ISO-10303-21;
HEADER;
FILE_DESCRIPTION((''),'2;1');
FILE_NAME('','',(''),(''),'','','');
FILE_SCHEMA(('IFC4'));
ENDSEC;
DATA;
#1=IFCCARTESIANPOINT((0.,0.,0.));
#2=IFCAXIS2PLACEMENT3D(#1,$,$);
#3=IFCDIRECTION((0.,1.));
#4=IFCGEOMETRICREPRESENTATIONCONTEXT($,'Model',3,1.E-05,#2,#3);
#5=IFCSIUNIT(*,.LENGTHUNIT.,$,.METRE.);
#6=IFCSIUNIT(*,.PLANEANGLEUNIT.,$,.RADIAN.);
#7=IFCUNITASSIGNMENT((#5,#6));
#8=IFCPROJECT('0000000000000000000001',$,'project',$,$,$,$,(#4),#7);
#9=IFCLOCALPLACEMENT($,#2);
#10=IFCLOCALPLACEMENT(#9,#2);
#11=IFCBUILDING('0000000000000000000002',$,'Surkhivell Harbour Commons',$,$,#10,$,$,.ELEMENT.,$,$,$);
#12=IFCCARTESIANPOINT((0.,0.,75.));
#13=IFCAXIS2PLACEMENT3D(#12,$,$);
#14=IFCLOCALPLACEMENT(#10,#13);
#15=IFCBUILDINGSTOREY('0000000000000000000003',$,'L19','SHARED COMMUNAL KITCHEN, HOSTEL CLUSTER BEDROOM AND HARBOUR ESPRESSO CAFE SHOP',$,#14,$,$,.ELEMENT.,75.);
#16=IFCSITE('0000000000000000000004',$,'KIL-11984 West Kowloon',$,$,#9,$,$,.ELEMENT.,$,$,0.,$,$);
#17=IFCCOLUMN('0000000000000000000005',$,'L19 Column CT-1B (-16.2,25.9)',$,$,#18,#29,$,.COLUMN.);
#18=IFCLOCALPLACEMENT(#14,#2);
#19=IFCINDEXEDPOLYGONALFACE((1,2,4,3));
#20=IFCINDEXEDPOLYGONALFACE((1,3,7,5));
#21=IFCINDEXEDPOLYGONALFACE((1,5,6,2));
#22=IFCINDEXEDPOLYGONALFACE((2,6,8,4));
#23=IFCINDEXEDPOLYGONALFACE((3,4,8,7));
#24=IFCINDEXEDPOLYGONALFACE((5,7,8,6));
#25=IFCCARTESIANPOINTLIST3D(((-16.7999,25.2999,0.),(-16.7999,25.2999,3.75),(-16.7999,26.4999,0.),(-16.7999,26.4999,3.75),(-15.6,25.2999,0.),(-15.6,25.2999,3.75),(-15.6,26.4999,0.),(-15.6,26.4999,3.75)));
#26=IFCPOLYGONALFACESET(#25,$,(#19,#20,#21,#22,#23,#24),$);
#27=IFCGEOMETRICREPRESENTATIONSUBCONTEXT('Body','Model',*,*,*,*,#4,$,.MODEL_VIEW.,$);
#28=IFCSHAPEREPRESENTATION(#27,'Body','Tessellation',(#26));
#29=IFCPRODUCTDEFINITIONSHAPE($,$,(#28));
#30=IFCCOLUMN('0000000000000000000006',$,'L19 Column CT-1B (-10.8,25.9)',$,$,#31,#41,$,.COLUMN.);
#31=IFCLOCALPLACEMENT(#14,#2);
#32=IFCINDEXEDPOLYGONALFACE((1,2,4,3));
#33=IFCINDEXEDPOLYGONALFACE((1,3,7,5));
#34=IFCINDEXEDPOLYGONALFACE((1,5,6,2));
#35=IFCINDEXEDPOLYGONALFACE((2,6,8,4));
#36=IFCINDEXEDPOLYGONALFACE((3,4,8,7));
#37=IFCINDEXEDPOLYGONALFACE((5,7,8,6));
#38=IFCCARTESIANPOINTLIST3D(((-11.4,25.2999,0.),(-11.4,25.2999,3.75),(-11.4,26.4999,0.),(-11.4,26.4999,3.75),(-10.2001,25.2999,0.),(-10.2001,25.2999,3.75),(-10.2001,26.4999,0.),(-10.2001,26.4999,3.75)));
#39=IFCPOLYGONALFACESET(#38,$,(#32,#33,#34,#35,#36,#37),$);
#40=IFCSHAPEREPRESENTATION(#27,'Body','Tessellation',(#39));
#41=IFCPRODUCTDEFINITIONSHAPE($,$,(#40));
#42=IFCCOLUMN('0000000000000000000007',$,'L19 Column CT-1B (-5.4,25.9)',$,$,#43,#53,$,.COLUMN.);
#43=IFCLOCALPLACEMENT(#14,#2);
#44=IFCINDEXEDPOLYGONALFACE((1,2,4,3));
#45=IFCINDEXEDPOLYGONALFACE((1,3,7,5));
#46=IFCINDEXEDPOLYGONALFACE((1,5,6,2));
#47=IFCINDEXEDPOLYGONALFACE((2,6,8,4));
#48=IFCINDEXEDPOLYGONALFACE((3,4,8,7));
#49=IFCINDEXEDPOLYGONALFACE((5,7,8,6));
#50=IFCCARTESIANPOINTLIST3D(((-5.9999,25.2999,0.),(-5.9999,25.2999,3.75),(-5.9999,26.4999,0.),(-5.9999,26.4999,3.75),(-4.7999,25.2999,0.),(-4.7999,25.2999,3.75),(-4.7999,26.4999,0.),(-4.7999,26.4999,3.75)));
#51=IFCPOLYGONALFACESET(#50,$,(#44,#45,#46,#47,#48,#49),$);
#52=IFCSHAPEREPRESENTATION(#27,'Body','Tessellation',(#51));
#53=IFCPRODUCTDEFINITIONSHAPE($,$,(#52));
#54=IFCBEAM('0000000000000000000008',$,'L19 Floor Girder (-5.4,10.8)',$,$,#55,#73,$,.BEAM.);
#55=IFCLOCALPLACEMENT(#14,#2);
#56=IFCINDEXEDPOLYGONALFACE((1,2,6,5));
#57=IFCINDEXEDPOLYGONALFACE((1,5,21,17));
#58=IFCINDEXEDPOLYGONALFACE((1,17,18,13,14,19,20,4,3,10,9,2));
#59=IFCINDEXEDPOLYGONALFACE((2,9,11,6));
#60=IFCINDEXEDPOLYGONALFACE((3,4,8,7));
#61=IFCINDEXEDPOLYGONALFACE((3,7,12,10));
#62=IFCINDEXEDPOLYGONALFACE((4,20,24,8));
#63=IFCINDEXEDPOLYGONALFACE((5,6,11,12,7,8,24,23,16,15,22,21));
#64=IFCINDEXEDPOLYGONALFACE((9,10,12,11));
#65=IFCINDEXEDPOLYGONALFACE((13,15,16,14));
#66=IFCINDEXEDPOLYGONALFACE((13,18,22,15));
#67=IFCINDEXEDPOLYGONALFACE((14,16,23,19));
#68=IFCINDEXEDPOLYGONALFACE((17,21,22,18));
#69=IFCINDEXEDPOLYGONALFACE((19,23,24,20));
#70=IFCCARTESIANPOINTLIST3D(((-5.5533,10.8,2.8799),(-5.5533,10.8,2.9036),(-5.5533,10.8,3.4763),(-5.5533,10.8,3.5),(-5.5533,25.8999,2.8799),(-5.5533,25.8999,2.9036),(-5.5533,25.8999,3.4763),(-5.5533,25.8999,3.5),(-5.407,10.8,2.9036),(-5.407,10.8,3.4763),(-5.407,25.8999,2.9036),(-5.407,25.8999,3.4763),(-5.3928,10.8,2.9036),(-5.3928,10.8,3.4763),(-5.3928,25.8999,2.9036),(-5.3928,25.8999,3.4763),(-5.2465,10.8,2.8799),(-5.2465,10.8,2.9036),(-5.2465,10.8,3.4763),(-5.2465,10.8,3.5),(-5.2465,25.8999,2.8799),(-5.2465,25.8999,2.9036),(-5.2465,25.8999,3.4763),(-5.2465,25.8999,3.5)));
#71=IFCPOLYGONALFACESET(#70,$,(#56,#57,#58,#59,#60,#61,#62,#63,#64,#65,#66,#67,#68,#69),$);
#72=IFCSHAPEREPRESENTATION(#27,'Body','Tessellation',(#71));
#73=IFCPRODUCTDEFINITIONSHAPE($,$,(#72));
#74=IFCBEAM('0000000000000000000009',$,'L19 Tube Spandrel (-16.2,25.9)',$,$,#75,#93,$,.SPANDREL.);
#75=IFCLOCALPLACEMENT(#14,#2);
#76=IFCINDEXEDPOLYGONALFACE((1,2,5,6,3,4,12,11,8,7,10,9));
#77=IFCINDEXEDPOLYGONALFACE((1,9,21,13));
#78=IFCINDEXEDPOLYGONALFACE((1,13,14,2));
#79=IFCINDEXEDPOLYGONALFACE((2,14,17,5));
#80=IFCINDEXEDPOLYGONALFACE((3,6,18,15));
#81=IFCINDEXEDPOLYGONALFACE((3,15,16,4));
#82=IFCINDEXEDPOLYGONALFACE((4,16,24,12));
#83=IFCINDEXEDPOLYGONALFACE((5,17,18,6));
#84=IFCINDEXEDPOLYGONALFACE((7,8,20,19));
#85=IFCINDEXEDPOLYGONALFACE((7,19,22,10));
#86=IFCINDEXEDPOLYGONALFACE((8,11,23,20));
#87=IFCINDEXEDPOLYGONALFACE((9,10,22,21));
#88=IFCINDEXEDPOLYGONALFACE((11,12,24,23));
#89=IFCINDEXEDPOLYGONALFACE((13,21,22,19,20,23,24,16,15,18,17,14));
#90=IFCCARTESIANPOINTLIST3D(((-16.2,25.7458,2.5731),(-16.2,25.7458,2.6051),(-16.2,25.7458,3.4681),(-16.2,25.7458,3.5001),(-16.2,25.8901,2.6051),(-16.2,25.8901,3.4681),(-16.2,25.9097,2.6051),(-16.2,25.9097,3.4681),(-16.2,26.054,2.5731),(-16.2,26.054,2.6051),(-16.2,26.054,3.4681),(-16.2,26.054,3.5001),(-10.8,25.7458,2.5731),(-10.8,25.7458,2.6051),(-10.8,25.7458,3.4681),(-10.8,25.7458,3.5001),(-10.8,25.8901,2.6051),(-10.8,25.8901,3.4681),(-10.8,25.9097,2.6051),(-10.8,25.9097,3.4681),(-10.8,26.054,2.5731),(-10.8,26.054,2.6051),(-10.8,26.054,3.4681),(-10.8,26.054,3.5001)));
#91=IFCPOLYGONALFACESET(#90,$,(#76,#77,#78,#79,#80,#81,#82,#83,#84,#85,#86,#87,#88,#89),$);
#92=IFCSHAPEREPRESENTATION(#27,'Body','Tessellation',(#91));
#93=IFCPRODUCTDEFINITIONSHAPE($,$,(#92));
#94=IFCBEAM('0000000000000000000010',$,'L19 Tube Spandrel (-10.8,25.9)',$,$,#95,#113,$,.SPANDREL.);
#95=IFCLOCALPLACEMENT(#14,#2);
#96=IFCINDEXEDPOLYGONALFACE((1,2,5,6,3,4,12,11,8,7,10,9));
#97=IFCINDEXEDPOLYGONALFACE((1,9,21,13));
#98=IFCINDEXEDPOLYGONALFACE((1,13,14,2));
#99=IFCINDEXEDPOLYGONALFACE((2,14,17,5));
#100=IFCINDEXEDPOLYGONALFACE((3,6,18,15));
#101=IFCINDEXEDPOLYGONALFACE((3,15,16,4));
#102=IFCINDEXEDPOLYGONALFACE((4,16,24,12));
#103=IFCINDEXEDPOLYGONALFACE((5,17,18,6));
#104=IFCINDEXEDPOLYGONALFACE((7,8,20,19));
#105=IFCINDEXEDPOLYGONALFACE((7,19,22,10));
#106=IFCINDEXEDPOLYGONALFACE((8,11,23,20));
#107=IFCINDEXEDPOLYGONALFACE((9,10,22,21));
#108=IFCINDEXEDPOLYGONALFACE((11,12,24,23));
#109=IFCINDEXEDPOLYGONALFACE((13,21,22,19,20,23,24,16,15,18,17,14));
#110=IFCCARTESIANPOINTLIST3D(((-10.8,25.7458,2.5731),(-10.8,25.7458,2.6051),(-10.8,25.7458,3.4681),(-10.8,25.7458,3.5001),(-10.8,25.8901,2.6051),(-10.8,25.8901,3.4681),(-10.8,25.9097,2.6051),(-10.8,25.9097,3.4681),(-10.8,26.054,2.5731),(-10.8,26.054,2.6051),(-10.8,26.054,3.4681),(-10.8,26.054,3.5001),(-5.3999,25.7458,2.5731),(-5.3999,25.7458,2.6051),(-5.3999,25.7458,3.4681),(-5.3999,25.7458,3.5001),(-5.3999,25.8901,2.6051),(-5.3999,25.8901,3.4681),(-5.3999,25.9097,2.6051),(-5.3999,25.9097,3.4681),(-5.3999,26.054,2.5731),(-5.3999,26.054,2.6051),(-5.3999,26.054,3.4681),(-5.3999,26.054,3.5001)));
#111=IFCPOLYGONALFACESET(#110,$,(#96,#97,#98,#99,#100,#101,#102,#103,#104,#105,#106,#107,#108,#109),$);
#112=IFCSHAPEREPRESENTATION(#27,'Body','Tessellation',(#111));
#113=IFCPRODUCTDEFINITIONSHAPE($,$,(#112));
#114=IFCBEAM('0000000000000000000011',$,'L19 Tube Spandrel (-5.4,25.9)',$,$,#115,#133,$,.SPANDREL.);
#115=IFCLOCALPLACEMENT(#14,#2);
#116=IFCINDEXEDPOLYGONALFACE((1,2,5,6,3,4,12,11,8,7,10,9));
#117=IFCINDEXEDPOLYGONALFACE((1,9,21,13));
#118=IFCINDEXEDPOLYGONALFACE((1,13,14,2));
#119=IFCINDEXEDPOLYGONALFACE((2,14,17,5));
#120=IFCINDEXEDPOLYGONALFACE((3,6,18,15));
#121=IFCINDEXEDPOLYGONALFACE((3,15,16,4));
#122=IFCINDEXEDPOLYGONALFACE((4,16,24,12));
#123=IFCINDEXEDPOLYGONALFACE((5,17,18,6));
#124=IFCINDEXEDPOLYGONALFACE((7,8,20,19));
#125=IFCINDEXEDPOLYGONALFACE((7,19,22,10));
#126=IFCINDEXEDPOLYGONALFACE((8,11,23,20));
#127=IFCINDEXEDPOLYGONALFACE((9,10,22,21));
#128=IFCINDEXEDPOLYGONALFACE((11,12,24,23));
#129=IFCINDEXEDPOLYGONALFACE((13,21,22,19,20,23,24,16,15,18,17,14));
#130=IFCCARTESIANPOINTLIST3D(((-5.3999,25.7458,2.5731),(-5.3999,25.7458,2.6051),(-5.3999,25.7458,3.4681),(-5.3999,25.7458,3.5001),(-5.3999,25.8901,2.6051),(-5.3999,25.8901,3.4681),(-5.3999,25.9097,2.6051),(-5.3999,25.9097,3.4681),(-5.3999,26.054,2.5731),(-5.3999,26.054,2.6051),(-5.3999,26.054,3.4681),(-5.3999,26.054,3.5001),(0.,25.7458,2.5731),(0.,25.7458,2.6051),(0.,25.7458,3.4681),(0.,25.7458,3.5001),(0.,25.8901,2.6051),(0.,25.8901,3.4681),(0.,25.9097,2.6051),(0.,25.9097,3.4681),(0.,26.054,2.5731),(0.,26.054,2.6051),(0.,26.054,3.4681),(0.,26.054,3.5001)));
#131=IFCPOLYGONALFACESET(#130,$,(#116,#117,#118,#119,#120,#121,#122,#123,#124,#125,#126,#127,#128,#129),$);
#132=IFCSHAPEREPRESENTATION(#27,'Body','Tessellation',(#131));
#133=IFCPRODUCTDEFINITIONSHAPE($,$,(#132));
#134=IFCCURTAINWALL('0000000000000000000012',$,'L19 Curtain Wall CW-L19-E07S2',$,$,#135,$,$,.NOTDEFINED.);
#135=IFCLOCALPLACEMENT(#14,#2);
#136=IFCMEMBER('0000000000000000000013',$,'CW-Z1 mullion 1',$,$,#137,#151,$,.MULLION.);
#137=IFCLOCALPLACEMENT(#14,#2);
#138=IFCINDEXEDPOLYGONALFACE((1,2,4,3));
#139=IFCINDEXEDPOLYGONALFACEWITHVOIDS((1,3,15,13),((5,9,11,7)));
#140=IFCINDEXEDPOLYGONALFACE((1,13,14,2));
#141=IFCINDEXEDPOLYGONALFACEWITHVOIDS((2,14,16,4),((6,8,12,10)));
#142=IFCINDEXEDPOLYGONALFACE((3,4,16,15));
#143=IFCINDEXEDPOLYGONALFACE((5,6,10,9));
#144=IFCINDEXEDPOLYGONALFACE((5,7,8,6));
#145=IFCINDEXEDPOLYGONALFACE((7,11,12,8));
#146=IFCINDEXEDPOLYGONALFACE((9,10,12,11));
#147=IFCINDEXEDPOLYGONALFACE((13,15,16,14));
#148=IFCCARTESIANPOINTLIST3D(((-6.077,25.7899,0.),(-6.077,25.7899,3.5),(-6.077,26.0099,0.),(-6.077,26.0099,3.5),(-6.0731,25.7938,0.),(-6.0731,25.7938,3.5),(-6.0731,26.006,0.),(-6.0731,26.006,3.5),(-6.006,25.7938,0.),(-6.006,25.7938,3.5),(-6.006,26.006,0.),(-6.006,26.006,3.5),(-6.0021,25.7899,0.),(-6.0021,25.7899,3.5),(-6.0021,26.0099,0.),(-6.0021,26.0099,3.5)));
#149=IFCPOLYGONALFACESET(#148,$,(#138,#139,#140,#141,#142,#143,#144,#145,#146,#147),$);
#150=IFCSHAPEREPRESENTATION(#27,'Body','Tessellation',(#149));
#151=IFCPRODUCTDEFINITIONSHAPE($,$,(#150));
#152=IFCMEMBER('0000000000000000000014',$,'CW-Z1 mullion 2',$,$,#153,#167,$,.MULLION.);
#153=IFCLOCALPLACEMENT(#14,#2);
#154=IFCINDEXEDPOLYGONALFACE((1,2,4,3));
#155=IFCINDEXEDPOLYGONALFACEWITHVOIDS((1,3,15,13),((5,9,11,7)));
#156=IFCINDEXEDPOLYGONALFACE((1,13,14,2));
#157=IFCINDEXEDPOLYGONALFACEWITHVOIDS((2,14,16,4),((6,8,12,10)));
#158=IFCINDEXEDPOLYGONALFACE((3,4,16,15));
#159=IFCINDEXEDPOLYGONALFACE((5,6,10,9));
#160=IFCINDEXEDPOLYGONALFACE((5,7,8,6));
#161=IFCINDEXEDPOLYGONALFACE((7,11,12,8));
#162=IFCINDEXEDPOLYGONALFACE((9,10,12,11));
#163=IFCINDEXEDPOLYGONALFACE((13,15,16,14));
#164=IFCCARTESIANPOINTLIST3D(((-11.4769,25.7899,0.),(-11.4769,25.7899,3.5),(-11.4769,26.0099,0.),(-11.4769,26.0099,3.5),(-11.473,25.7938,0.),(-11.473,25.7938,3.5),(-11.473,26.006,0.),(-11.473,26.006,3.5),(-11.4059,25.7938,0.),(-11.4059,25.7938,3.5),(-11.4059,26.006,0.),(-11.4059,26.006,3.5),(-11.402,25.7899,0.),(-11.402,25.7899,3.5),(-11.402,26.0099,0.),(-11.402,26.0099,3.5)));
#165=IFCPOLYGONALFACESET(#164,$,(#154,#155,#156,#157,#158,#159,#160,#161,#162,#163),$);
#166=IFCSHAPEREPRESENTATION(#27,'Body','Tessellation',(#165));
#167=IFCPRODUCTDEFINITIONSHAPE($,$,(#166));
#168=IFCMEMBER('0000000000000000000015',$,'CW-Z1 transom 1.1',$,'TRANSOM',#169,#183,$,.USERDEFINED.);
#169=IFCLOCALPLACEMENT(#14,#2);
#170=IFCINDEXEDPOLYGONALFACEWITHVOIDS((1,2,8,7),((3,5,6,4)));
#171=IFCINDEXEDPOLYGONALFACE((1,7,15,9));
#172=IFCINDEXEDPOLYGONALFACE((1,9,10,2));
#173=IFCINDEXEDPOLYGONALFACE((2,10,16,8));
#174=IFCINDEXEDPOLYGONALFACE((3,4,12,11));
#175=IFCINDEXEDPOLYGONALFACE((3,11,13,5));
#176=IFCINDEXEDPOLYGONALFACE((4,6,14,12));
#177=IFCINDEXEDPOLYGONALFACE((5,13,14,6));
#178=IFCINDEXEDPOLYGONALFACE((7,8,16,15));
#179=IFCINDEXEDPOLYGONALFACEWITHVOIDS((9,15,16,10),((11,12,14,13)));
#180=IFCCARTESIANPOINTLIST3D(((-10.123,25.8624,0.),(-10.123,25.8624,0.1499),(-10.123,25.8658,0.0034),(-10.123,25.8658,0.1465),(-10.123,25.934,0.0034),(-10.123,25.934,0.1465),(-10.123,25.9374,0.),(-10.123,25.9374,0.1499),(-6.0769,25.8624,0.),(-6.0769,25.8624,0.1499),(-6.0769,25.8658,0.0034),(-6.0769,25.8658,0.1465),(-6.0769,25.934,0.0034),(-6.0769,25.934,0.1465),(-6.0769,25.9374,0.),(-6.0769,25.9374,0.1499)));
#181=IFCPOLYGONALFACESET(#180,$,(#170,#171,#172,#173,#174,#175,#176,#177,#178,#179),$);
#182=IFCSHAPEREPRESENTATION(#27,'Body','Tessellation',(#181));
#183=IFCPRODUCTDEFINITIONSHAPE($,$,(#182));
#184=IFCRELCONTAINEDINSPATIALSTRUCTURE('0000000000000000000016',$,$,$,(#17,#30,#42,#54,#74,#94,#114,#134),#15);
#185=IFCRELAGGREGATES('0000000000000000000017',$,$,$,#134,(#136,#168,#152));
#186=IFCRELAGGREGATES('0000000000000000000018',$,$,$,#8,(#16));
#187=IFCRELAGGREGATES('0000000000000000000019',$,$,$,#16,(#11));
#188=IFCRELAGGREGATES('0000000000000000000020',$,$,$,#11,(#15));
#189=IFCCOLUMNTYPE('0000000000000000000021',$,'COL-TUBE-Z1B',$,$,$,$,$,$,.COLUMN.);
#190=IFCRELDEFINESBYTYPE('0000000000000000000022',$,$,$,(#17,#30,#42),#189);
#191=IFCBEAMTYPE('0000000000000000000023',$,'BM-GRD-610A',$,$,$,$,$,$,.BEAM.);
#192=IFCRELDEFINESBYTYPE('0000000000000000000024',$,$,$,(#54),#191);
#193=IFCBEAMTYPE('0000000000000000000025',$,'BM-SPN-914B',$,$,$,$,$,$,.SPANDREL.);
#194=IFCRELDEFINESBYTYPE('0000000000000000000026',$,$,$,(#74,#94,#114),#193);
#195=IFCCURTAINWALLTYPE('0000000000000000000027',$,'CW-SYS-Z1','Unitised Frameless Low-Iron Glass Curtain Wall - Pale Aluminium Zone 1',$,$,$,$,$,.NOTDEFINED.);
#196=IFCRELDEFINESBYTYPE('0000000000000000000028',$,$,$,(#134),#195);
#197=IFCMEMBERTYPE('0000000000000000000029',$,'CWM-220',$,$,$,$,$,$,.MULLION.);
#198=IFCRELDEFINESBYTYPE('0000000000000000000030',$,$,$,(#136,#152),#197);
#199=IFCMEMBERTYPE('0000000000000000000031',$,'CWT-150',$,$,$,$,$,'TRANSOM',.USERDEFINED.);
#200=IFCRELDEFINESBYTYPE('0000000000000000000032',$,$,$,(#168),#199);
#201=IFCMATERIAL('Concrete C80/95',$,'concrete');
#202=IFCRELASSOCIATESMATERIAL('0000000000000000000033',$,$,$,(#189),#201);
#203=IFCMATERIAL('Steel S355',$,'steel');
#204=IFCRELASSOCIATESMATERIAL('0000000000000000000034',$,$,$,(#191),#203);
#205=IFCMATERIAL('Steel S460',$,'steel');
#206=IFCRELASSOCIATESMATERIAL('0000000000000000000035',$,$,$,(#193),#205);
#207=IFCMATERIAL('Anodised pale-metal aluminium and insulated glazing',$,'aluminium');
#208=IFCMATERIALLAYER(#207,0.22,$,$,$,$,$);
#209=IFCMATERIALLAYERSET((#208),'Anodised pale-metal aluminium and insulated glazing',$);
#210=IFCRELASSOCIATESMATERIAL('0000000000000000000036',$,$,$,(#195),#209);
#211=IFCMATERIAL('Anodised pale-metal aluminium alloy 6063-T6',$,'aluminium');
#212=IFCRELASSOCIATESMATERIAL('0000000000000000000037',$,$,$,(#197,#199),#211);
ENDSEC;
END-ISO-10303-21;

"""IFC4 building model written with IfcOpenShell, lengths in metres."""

from ifc_helpers import new_model, si_unit, direction, frame, origin, origin_2d, place, context, subcontext, project, spatial, rectangle, hollow_rectangle, i_section, extrude, material, layer, layer_set, material_profile, profile_set, type_object, element, aggregate, save


model = new_model("IFC4")

# Units and contexts
model_context = context("Model", 3, precision=1e-05, world=origin(), true_north=direction((0.0, 1.0)))
body_context = subcontext(model_context, "Body", "Model", "MODEL_VIEW")
ifc_project = project(units=[si_unit("LENGTHUNIT", "METRE"), si_unit("PLANEANGLEUNIT", "RADIAN")], contexts=[model_context])

# Site, building, storey
site_placement = place(None, origin())
site = spatial("IfcSite", under=ifc_project, at=site_placement, Name="KIL-11984 West Kowloon", CompositionType="ELEMENT", RefElevation=0.0)
building_placement = place(site_placement, origin())
building = spatial("IfcBuilding", under=site, at=building_placement, Name="Surkhivell Harbour Commons", CompositionType="ELEMENT")
storey_placement = place(building_placement, frame((0.0, 0.0, 75.0)))
storey = spatial("IfcBuildingStorey", under=building, at=storey_placement, Name="L19", Description="SHARED COMMUNAL KITCHEN, HOSTEL CLUSTER BEDROOM AND HARBOUR ESPRESSO CAFE SHOP", CompositionType="ELEMENT", Elevation=75.0)

# Columns
ifc_material_1 = material(Name="Concrete C80/95", Category="concrete")
ifc_material_profile_1 = material_profile(ifc_material_1, rectangle(XDim=1.2, YDim=1.2, at=origin_2d()), Name="RC-COL-1200x1200")
ifc_profile_set_1 = profile_set([ifc_material_profile_1], Name="Concrete C80/95")
column_type = type_object("IfcColumnType", Name="COL-TUBE-Z1B", PredefinedType="COLUMN", material=ifc_profile_set_1)
for number, where, z_axis, x_axis, name in (
    (1, (-16.2, 25.8999, 0.0), (0.0, 0.0, 1.0), (1.0, 0.0, 0.0), "L19 Column CT-1B (-16.2,25.9)"),
    (2, (-10.8, 25.8999, 0.0), (0.0, 0.0, 1.0), (1.0, 0.0, 0.0), "L19 Column CT-1B (-10.8,25.9)"),
    (3, (-5.3999, 25.8999, 0.0), (0.0, 0.0, 1.0), (1.0, 0.0, 0.0), "L19 Column CT-1B (-5.4,25.9)"),
):
    element("IfcColumn", number, at=place(storey_placement, frame(where, z_axis=z_axis, x_axis=x_axis)), inside=storey, type_object=column_type, Name=name, PredefinedType="COLUMN", context=body_context, shape_type="SweptSolid", body=[
        extrude(rectangle(XDim=1.2, YDim=1.2, at=origin_2d()), origin(), (0.0, 0.0, 1.0), 3.75),
    ])

# Beams
ifc_material_2 = material(Name="Steel S355", Category="steel")
ifc_material_profile_2 = material_profile(ifc_material_2, i_section(OverallWidth=0.3069, OverallDepth=0.6201, WebThickness=0.0142, FlangeThickness=0.0237, at=origin_2d()), Name="UB610x305x179")
ifc_profile_set_2 = profile_set([ifc_material_profile_2], Name="Steel S355")
beam_type_1 = type_object("IfcBeamType", Name="BM-GRD-610A", PredefinedType="BEAM", material=ifc_profile_set_2)
beam_1_placement = place(storey_placement, frame((-5.3999, 10.8, 3.1899), z_axis=(0.0, 1.0, 0.0), x_axis=(-1.0, 0.0, 0.0)))
element("IfcBeam", 4, at=beam_1_placement, inside=storey, type_object=beam_type_1, Name="L19 Floor Girder (-5.4,10.8)", PredefinedType="BEAM", context=body_context, shape_type="SweptSolid", body=[
    extrude(i_section(OverallWidth=0.3069, OverallDepth=0.6201, WebThickness=0.0142, FlangeThickness=0.0237, at=origin_2d()), origin(), (0.0, 0.0, 1.0), 15.0999),
])
ifc_material_3 = material(Name="Steel S460", Category="steel")
ifc_material_profile_3 = material_profile(ifc_material_3, i_section(OverallWidth=0.3081, OverallDepth=0.927, WebThickness=0.0195, FlangeThickness=0.032, at=origin_2d()), Name="UB914x305x289")
ifc_profile_set_3 = profile_set([ifc_material_profile_3], Name="Steel S460")
beam_type_2 = type_object("IfcBeamType", Name="BM-SPN-914B", PredefinedType="SPANDREL", material=ifc_profile_set_3)
beam_2_placement = place(storey_placement, frame((-16.2, 25.8999, 3.0366), z_axis=(1.0, 0.0, 0.0), x_axis=(0.0, 1.0, 0.0)))
element("IfcBeam", 5, at=beam_2_placement, inside=storey, type_object=beam_type_2, Name="L19 Tube Spandrel (-16.2,25.9)", PredefinedType="SPANDREL", context=body_context, shape_type="SweptSolid", body=[
    extrude(i_section(OverallWidth=0.3081, OverallDepth=0.927, WebThickness=0.0195, FlangeThickness=0.032, at=origin_2d()), origin(), (0.0, 0.0, 1.0), 5.3999),
])
beam_3_placement = place(storey_placement, frame((-10.8, 25.8999, 3.0366), z_axis=(1.0, 0.0, 0.0), x_axis=(0.0, 1.0, 0.0)))
element("IfcBeam", 6, at=beam_3_placement, inside=storey, type_object=beam_type_2, Name="L19 Tube Spandrel (-10.8,25.9)", PredefinedType="SPANDREL", context=body_context, shape_type="SweptSolid", body=[
    extrude(i_section(OverallWidth=0.3081, OverallDepth=0.927, WebThickness=0.0195, FlangeThickness=0.032, at=origin_2d()), origin(), (0.0, 0.0, 1.0), 5.4001),
])
beam_4_placement = place(storey_placement, frame((-5.3999, 25.8999, 3.0366), z_axis=(1.0, 0.0, 0.0), x_axis=(0.0, 1.0, 0.0)))
element("IfcBeam", 7, at=beam_4_placement, inside=storey, type_object=beam_type_2, Name="L19 Tube Spandrel (-5.4,25.9)", PredefinedType="SPANDREL", context=body_context, shape_type="SweptSolid", body=[
    extrude(i_section(OverallWidth=0.3081, OverallDepth=0.927, WebThickness=0.0195, FlangeThickness=0.032, at=origin_2d()), origin(), (0.0, 0.0, 1.0), 5.3999),
])

# Curtain wall, members
ifc_material_4 = material(Name="Anodised pale-metal aluminium and insulated glazing", Category="aluminium")
ifc_layer_1 = layer(ifc_material_4, 0.22)
ifc_layer_set_1 = layer_set([ifc_layer_1], Name="Anodised pale-metal aluminium and insulated glazing")
curtain_wall_type = type_object("IfcCurtainWallType", Name="CW-SYS-Z1", Description="Unitised Frameless Low-Iron Glass Curtain Wall - Pale Aluminium Zone 1", PredefinedType="NOTDEFINED", material=ifc_layer_set_1)
curtain_wall_placement = place(storey_placement, origin())
curtain_wall = element("IfcCurtainWall", 8, at=curtain_wall_placement, inside=storey, type_object=curtain_wall_type, Name="L19 Curtain Wall CW-L19-E07S2", PredefinedType="NOTDEFINED")
ifc_material_5 = material(Name="Anodised pale-metal aluminium alloy 6063-T6", Category="aluminium")
ifc_material_profile_4 = material_profile(ifc_material_5, hollow_rectangle(XDim=0.075, YDim=0.22, WallThickness=0.0039, at=origin_2d()), Name="ALU-MULL-75x220")
ifc_profile_set_4 = profile_set([ifc_material_profile_4], Name="Anodised pale-metal aluminium alloy 6063-T6")
member_type_1 = type_object("IfcMemberType", Name="CWM-220", PredefinedType="MULLION", material=ifc_profile_set_4)
member_1_placement = place(storey_placement, frame((-6.0396, 25.8999, 0.0), z_axis=(0.0, 0.0, 1.0), x_axis=(-1.0, 0.0, 0.0)))
member_1 = element("IfcMember", 9, at=member_1_placement, type_object=member_type_1, Name="CW-Z1 mullion 1", PredefinedType="MULLION", context=body_context, shape_type="SweptSolid", body=[
    extrude(hollow_rectangle(XDim=0.075, YDim=0.22, WallThickness=0.0039, at=origin_2d()), origin(), (0.0, 0.0, 1.0), 3.5),
])
member_2_placement = place(storey_placement, frame((-11.4395, 25.8999, 0.0), z_axis=(0.0, 0.0, 1.0), x_axis=(-1.0, 0.0, 0.0)))
member_2 = element("IfcMember", 10, at=member_2_placement, type_object=member_type_1, Name="CW-Z1 mullion 2", PredefinedType="MULLION", context=body_context, shape_type="SweptSolid", body=[
    extrude(hollow_rectangle(XDim=0.075, YDim=0.22, WallThickness=0.0039, at=origin_2d()), origin(), (0.0, 0.0, 1.0), 3.5),
])
ifc_material_profile_5 = material_profile(ifc_material_5, hollow_rectangle(XDim=0.075, YDim=0.1499, WallThickness=0.0034, at=origin_2d()), Name="ALU-TRAN-75x150")
ifc_profile_set_5 = profile_set([ifc_material_profile_5], Name="Anodised pale-metal aluminium alloy 6063-T6")
member_type_2 = type_object("IfcMemberType", Name="CWT-150", ElementType="TRANSOM", PredefinedType="USERDEFINED", material=ifc_profile_set_5)
member_3_placement = place(storey_placement, frame((-6.0769, 25.8999, 0.075), z_axis=(-1.0, 0.0, 0.0), x_axis=(0.0, -1.0, 0.0)))
member_3 = element("IfcMember", 11, at=member_3_placement, type_object=member_type_2, Name="CW-Z1 transom 1.1", ObjectType="TRANSOM", PredefinedType="USERDEFINED", context=body_context, shape_type="SweptSolid", body=[
    extrude(hollow_rectangle(XDim=0.075, YDim=0.1499, WallThickness=0.0034, at=origin_2d()), origin(), (0.0, 0.0, 1.0), 4.0461),
])

aggregate(curtain_wall, [member_1, member_3, member_2])

save(model, "model.ifc")
